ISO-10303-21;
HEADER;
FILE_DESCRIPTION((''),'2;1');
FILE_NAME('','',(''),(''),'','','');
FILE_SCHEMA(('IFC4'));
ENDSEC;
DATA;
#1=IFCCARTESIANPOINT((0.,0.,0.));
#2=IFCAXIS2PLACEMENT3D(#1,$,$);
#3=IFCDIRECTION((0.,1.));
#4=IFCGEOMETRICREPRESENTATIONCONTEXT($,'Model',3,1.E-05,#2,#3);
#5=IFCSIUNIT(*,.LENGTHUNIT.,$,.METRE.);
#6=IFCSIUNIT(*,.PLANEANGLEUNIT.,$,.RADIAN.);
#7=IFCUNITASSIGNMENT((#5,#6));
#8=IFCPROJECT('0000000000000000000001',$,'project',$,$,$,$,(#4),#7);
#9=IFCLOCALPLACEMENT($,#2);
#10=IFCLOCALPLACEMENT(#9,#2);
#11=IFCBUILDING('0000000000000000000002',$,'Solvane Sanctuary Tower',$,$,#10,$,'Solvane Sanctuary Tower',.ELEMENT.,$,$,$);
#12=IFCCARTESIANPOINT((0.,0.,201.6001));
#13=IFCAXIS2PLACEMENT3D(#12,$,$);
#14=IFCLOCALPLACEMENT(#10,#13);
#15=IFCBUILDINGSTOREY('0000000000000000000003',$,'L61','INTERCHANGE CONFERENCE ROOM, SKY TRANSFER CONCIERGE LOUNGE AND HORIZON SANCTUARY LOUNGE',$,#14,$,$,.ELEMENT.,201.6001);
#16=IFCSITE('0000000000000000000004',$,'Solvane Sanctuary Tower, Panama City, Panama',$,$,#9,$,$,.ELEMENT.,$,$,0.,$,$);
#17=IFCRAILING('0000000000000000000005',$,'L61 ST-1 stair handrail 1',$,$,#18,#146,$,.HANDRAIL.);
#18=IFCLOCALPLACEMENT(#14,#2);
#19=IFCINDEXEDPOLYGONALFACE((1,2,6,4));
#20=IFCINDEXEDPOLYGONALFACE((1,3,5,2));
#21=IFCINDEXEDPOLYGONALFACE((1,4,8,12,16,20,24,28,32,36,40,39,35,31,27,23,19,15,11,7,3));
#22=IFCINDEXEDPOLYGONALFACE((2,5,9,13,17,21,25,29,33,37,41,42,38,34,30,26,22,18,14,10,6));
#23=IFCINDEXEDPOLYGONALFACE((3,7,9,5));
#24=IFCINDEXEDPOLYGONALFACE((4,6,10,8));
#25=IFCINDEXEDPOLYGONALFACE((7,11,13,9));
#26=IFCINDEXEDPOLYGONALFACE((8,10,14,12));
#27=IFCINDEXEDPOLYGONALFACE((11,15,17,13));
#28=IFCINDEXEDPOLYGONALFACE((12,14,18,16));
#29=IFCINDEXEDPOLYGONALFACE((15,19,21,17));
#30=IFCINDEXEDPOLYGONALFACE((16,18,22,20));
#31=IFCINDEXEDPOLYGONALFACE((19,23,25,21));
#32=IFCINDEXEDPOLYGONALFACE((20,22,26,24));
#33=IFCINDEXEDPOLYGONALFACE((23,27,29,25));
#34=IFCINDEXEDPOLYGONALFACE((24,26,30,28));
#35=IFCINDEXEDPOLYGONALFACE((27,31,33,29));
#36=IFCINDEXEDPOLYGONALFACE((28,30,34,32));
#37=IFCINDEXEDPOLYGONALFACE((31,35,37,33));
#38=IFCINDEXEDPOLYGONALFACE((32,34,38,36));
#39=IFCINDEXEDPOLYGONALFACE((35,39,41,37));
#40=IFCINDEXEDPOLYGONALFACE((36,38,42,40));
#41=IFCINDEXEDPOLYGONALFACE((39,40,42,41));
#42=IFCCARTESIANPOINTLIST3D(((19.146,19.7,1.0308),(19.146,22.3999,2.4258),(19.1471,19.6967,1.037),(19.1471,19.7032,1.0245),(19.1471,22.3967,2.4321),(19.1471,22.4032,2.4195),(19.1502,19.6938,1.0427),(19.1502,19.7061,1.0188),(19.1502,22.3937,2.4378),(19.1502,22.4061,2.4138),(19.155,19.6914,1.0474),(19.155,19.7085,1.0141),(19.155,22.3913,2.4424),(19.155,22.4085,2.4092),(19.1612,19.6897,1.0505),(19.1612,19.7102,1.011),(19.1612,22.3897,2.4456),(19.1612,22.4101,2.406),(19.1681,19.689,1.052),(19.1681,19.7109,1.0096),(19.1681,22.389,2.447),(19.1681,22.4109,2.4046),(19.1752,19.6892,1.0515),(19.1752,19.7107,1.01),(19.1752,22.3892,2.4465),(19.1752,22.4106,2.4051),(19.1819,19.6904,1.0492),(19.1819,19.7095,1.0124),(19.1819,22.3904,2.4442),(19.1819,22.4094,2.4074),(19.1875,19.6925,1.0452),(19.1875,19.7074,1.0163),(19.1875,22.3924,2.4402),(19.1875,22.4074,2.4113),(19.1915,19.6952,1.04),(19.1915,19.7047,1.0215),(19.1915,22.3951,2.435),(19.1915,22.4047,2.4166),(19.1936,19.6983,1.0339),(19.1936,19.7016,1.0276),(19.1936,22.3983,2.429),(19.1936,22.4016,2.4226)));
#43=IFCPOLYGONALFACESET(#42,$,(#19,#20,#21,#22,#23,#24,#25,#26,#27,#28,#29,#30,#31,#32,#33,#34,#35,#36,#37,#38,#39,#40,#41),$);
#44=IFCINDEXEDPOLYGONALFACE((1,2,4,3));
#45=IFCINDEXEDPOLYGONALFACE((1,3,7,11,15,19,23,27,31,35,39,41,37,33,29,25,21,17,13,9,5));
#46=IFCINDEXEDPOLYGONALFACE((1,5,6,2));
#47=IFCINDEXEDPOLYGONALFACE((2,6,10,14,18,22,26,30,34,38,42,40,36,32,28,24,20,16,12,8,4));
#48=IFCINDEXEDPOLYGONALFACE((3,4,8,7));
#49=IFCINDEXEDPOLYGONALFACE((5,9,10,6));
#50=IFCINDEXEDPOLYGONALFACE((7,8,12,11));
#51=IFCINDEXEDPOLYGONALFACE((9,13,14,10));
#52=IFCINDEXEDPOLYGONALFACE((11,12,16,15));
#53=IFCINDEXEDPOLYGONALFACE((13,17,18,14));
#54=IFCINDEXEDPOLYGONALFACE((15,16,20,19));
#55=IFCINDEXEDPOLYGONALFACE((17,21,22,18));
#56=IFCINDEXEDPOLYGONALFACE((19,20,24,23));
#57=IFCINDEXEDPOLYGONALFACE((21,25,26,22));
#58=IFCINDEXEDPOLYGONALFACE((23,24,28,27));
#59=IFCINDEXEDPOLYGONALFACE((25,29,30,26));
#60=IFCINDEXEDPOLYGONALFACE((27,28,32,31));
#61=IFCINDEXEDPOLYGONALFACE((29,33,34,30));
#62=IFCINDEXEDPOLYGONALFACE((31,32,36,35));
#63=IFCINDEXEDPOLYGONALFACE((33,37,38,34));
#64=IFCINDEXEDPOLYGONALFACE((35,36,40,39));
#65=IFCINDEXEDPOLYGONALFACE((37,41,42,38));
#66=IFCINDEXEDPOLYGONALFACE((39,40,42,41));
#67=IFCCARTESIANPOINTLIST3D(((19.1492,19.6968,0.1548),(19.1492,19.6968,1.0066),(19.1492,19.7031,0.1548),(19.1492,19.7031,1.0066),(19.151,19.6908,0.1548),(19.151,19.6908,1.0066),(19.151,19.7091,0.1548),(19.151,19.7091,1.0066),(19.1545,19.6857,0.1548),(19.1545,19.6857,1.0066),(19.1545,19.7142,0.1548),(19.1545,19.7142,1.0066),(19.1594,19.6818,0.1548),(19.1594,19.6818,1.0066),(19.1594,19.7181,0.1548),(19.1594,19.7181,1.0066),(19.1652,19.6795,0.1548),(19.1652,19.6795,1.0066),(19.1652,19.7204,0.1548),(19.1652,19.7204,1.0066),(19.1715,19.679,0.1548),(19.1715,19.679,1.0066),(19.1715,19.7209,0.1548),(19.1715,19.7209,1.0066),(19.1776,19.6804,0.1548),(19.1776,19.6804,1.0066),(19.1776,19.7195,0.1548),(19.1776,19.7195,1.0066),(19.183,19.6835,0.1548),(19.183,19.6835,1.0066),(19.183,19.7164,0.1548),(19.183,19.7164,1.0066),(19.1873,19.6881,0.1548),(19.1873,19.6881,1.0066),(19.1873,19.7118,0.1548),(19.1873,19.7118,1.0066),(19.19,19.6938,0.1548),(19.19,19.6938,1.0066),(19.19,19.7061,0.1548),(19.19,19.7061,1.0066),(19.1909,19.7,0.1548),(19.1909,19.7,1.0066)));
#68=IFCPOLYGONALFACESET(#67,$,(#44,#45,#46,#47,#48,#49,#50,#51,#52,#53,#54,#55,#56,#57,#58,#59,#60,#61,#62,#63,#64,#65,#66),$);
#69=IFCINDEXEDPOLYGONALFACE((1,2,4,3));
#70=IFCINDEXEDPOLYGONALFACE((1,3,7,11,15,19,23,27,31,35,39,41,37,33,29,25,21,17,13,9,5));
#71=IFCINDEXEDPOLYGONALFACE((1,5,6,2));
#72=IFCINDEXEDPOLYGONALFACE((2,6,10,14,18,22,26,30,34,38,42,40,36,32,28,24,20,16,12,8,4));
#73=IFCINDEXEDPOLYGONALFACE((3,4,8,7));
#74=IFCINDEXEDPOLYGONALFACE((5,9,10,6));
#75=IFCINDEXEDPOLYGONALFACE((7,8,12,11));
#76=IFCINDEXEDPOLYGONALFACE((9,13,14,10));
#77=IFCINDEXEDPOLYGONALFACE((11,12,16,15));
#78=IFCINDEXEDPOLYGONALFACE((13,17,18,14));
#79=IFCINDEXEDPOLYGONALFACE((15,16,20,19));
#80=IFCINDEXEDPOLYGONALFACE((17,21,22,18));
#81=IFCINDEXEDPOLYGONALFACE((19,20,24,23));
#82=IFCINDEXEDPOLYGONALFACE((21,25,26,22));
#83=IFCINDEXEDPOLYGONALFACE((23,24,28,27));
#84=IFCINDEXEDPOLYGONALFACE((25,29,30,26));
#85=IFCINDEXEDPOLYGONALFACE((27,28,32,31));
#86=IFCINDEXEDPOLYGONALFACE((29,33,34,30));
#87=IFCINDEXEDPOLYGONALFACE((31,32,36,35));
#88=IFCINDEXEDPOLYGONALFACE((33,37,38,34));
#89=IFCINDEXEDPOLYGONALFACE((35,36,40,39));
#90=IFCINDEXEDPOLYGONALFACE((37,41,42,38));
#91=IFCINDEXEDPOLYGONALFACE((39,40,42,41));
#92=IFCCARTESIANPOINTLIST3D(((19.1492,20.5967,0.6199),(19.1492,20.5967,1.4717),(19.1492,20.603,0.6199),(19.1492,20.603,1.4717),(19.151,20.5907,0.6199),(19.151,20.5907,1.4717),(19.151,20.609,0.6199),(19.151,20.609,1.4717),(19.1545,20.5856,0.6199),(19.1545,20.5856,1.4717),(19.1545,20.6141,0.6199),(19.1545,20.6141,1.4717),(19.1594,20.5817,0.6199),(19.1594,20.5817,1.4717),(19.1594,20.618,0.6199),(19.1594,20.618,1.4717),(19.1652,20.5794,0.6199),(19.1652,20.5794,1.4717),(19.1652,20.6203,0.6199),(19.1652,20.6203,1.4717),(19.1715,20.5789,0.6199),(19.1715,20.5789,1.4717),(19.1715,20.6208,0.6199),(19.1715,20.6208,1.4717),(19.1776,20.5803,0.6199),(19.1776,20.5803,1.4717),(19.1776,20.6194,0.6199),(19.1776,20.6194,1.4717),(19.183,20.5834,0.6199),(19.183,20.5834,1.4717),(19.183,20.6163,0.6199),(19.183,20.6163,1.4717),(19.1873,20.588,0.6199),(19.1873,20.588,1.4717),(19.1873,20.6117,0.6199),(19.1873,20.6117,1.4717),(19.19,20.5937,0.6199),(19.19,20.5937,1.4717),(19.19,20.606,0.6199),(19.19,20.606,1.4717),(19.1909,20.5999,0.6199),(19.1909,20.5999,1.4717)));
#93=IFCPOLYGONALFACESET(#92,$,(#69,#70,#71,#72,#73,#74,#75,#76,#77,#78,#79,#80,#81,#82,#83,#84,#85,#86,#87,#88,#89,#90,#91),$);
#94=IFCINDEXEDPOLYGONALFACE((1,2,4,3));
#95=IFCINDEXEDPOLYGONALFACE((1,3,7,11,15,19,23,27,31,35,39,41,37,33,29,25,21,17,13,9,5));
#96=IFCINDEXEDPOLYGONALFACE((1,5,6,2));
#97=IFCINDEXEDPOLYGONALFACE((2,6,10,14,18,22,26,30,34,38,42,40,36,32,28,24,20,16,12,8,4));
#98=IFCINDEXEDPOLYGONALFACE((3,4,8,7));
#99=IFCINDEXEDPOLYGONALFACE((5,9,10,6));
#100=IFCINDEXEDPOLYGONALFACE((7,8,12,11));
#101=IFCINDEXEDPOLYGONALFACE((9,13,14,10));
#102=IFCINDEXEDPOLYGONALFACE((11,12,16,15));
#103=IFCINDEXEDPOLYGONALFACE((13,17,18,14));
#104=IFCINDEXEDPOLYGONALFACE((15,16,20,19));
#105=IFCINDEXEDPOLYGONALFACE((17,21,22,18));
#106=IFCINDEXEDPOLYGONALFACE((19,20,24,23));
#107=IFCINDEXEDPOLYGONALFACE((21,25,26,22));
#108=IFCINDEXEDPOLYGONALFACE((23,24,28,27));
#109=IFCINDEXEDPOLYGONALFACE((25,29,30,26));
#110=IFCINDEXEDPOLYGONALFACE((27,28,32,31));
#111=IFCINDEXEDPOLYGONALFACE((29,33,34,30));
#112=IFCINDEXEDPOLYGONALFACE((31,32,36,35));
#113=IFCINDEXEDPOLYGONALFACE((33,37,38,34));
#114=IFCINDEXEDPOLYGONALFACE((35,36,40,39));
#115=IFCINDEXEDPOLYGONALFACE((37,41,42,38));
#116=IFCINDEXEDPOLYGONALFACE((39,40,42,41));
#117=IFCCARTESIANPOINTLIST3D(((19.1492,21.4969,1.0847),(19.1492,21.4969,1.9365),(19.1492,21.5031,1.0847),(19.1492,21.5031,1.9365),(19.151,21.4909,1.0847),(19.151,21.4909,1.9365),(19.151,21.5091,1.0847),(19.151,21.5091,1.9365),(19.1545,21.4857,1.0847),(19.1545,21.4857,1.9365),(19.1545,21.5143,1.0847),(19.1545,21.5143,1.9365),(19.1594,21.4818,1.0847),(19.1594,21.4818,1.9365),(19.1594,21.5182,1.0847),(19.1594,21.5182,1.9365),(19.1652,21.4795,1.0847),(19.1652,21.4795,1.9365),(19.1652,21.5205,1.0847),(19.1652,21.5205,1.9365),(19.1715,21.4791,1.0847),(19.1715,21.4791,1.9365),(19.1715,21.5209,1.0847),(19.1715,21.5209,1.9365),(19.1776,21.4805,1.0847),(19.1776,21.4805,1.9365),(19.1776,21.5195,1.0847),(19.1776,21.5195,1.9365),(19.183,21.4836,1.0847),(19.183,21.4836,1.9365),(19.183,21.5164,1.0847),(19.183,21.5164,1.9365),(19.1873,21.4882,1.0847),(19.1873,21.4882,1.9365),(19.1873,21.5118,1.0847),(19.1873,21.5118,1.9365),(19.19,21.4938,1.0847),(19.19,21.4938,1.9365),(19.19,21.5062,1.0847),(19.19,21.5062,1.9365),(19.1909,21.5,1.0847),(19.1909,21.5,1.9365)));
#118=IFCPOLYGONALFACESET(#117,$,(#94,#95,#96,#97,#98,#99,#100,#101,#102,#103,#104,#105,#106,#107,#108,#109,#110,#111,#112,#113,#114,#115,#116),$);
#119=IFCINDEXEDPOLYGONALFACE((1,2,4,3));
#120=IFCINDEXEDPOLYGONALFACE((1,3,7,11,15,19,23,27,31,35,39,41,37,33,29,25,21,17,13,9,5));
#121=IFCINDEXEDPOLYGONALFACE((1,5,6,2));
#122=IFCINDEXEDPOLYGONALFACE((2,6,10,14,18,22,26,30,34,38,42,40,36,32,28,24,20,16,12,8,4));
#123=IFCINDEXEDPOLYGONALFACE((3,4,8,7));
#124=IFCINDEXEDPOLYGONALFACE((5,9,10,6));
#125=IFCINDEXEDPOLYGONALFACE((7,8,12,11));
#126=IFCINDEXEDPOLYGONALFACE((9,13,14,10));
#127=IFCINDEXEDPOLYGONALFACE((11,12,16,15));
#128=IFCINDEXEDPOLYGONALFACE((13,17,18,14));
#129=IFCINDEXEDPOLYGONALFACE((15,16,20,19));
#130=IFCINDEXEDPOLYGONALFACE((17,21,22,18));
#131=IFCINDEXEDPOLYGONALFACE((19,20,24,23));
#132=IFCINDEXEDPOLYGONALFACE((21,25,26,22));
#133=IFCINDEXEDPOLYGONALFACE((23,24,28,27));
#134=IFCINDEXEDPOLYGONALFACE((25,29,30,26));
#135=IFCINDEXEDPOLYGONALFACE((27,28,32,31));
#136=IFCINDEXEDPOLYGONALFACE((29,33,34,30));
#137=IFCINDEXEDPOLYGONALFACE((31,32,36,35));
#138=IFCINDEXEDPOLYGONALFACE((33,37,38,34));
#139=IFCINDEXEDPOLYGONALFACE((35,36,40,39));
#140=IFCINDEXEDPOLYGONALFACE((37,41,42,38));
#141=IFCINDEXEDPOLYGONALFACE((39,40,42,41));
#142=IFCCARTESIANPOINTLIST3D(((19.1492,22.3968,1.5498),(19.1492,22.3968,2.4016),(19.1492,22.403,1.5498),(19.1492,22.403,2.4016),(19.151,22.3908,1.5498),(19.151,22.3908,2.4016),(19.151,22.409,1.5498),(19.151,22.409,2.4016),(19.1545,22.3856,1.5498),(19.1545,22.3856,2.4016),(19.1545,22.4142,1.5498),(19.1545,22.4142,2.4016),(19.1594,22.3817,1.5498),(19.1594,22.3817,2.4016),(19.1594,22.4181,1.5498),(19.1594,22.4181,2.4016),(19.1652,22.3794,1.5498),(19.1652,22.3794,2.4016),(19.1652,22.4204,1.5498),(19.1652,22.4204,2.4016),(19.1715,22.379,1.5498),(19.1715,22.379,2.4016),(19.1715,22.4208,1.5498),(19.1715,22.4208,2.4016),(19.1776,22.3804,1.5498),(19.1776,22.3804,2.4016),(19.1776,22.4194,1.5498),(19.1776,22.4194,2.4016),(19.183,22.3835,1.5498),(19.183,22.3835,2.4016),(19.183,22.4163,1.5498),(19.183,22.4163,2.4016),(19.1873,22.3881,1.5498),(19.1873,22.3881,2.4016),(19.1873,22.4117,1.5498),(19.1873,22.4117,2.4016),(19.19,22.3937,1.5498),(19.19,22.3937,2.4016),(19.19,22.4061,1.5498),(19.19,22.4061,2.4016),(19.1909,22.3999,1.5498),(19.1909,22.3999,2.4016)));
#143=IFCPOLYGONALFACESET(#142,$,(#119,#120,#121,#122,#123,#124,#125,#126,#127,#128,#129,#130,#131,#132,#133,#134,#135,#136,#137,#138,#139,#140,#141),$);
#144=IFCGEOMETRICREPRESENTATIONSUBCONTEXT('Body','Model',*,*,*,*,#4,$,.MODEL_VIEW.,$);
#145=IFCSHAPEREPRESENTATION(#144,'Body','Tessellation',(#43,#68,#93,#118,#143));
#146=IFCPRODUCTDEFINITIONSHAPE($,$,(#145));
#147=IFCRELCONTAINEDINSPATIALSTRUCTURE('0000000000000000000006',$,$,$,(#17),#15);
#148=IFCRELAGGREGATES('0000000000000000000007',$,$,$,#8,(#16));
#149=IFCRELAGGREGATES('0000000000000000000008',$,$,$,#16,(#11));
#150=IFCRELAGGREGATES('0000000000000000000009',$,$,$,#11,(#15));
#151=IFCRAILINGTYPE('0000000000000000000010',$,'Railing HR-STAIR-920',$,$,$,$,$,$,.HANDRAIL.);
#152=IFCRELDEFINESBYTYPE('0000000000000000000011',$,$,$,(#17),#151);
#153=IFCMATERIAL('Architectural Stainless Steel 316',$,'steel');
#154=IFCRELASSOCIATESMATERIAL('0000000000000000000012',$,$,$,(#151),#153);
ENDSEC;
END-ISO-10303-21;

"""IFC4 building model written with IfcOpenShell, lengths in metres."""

from ifc_helpers import new_model, si_unit, direction, frame, origin, origin_2d, place, context, subcontext, project, spatial, circle, extrude, material, type_object, element, save


model = new_model("IFC4")

# Units and contexts
model_context = context("Model", 3, precision=1e-05, world=origin(), true_north=direction((0.0, 1.0)))
body_context = subcontext(model_context, "Body", "Model", "MODEL_VIEW")
ifc_project = project(units=[si_unit("LENGTHUNIT", "METRE"), si_unit("PLANEANGLEUNIT", "RADIAN")], contexts=[model_context])

# Site, building, storey
site_placement = place(None, origin())
site = spatial("IfcSite", under=ifc_project, at=site_placement, Name="Solvane Sanctuary Tower, Panama City, Panama", CompositionType="ELEMENT", RefElevation=0.0)
building_placement = place(site_placement, origin())
building = spatial("IfcBuilding", under=site, at=building_placement, Name="Solvane Sanctuary Tower", LongName="Solvane Sanctuary Tower", CompositionType="ELEMENT")
storey_placement = place(building_placement, frame((0.0, 0.0, 201.6001)))
storey = spatial("IfcBuildingStorey", under=building, at=storey_placement, Name="L61", Description="INTERCHANGE CONFERENCE ROOM, SKY TRANSFER CONCIERGE LOUNGE AND HORIZON SANCTUARY LOUNGE", CompositionType="ELEMENT", Elevation=201.6001)

# Shared definitions
ifc_material_1 = material(Name="Architectural Stainless Steel 316", Category="steel")

# Railing
railing_type_1 = type_object("IfcRailingType", Name="Railing HR-STAIR-920", PredefinedType="HANDRAIL", material=ifc_material_1)
railing_1_placement = place(storey_placement, frame((19.1699, 19.7, 0.1548)))
element("IfcRailing", 1, at=railing_1_placement, inside=storey, type_object=railing_type_1, Name="L61 ST-1 stair handrail 1", PredefinedType="HANDRAIL", context=body_context, shape_type="SweptSolid", body=[
    extrude(circle(Radius=0.0239, at=origin_2d()), frame((0.0, 0.0, 0.876), z_axis=(0.0, 0.88842, 0.459032), x_axis=(-1.0, 0.0, 0.0)), (0.0, 0.0, 1.0), 3.0391),
    extrude(circle(Radius=0.021, at=origin_2d()), origin(), (0.0, 0.0, 1.0), 0.8518),
    extrude(circle(Radius=0.021, at=origin_2d()), frame((0.0, 0.8999, 0.4651)), (0.0, 0.0, 1.0), 0.8518),
    extrude(circle(Radius=0.021, at=origin_2d()), frame((0.0, 1.8, 0.9299)), (0.0, 0.0, 1.0), 0.8518),
    extrude(circle(Radius=0.021, at=origin_2d()), frame((0.0, 2.7, 1.395)), (0.0, 0.0, 1.0), 0.8518),
])

save(model, "model.ifc")
